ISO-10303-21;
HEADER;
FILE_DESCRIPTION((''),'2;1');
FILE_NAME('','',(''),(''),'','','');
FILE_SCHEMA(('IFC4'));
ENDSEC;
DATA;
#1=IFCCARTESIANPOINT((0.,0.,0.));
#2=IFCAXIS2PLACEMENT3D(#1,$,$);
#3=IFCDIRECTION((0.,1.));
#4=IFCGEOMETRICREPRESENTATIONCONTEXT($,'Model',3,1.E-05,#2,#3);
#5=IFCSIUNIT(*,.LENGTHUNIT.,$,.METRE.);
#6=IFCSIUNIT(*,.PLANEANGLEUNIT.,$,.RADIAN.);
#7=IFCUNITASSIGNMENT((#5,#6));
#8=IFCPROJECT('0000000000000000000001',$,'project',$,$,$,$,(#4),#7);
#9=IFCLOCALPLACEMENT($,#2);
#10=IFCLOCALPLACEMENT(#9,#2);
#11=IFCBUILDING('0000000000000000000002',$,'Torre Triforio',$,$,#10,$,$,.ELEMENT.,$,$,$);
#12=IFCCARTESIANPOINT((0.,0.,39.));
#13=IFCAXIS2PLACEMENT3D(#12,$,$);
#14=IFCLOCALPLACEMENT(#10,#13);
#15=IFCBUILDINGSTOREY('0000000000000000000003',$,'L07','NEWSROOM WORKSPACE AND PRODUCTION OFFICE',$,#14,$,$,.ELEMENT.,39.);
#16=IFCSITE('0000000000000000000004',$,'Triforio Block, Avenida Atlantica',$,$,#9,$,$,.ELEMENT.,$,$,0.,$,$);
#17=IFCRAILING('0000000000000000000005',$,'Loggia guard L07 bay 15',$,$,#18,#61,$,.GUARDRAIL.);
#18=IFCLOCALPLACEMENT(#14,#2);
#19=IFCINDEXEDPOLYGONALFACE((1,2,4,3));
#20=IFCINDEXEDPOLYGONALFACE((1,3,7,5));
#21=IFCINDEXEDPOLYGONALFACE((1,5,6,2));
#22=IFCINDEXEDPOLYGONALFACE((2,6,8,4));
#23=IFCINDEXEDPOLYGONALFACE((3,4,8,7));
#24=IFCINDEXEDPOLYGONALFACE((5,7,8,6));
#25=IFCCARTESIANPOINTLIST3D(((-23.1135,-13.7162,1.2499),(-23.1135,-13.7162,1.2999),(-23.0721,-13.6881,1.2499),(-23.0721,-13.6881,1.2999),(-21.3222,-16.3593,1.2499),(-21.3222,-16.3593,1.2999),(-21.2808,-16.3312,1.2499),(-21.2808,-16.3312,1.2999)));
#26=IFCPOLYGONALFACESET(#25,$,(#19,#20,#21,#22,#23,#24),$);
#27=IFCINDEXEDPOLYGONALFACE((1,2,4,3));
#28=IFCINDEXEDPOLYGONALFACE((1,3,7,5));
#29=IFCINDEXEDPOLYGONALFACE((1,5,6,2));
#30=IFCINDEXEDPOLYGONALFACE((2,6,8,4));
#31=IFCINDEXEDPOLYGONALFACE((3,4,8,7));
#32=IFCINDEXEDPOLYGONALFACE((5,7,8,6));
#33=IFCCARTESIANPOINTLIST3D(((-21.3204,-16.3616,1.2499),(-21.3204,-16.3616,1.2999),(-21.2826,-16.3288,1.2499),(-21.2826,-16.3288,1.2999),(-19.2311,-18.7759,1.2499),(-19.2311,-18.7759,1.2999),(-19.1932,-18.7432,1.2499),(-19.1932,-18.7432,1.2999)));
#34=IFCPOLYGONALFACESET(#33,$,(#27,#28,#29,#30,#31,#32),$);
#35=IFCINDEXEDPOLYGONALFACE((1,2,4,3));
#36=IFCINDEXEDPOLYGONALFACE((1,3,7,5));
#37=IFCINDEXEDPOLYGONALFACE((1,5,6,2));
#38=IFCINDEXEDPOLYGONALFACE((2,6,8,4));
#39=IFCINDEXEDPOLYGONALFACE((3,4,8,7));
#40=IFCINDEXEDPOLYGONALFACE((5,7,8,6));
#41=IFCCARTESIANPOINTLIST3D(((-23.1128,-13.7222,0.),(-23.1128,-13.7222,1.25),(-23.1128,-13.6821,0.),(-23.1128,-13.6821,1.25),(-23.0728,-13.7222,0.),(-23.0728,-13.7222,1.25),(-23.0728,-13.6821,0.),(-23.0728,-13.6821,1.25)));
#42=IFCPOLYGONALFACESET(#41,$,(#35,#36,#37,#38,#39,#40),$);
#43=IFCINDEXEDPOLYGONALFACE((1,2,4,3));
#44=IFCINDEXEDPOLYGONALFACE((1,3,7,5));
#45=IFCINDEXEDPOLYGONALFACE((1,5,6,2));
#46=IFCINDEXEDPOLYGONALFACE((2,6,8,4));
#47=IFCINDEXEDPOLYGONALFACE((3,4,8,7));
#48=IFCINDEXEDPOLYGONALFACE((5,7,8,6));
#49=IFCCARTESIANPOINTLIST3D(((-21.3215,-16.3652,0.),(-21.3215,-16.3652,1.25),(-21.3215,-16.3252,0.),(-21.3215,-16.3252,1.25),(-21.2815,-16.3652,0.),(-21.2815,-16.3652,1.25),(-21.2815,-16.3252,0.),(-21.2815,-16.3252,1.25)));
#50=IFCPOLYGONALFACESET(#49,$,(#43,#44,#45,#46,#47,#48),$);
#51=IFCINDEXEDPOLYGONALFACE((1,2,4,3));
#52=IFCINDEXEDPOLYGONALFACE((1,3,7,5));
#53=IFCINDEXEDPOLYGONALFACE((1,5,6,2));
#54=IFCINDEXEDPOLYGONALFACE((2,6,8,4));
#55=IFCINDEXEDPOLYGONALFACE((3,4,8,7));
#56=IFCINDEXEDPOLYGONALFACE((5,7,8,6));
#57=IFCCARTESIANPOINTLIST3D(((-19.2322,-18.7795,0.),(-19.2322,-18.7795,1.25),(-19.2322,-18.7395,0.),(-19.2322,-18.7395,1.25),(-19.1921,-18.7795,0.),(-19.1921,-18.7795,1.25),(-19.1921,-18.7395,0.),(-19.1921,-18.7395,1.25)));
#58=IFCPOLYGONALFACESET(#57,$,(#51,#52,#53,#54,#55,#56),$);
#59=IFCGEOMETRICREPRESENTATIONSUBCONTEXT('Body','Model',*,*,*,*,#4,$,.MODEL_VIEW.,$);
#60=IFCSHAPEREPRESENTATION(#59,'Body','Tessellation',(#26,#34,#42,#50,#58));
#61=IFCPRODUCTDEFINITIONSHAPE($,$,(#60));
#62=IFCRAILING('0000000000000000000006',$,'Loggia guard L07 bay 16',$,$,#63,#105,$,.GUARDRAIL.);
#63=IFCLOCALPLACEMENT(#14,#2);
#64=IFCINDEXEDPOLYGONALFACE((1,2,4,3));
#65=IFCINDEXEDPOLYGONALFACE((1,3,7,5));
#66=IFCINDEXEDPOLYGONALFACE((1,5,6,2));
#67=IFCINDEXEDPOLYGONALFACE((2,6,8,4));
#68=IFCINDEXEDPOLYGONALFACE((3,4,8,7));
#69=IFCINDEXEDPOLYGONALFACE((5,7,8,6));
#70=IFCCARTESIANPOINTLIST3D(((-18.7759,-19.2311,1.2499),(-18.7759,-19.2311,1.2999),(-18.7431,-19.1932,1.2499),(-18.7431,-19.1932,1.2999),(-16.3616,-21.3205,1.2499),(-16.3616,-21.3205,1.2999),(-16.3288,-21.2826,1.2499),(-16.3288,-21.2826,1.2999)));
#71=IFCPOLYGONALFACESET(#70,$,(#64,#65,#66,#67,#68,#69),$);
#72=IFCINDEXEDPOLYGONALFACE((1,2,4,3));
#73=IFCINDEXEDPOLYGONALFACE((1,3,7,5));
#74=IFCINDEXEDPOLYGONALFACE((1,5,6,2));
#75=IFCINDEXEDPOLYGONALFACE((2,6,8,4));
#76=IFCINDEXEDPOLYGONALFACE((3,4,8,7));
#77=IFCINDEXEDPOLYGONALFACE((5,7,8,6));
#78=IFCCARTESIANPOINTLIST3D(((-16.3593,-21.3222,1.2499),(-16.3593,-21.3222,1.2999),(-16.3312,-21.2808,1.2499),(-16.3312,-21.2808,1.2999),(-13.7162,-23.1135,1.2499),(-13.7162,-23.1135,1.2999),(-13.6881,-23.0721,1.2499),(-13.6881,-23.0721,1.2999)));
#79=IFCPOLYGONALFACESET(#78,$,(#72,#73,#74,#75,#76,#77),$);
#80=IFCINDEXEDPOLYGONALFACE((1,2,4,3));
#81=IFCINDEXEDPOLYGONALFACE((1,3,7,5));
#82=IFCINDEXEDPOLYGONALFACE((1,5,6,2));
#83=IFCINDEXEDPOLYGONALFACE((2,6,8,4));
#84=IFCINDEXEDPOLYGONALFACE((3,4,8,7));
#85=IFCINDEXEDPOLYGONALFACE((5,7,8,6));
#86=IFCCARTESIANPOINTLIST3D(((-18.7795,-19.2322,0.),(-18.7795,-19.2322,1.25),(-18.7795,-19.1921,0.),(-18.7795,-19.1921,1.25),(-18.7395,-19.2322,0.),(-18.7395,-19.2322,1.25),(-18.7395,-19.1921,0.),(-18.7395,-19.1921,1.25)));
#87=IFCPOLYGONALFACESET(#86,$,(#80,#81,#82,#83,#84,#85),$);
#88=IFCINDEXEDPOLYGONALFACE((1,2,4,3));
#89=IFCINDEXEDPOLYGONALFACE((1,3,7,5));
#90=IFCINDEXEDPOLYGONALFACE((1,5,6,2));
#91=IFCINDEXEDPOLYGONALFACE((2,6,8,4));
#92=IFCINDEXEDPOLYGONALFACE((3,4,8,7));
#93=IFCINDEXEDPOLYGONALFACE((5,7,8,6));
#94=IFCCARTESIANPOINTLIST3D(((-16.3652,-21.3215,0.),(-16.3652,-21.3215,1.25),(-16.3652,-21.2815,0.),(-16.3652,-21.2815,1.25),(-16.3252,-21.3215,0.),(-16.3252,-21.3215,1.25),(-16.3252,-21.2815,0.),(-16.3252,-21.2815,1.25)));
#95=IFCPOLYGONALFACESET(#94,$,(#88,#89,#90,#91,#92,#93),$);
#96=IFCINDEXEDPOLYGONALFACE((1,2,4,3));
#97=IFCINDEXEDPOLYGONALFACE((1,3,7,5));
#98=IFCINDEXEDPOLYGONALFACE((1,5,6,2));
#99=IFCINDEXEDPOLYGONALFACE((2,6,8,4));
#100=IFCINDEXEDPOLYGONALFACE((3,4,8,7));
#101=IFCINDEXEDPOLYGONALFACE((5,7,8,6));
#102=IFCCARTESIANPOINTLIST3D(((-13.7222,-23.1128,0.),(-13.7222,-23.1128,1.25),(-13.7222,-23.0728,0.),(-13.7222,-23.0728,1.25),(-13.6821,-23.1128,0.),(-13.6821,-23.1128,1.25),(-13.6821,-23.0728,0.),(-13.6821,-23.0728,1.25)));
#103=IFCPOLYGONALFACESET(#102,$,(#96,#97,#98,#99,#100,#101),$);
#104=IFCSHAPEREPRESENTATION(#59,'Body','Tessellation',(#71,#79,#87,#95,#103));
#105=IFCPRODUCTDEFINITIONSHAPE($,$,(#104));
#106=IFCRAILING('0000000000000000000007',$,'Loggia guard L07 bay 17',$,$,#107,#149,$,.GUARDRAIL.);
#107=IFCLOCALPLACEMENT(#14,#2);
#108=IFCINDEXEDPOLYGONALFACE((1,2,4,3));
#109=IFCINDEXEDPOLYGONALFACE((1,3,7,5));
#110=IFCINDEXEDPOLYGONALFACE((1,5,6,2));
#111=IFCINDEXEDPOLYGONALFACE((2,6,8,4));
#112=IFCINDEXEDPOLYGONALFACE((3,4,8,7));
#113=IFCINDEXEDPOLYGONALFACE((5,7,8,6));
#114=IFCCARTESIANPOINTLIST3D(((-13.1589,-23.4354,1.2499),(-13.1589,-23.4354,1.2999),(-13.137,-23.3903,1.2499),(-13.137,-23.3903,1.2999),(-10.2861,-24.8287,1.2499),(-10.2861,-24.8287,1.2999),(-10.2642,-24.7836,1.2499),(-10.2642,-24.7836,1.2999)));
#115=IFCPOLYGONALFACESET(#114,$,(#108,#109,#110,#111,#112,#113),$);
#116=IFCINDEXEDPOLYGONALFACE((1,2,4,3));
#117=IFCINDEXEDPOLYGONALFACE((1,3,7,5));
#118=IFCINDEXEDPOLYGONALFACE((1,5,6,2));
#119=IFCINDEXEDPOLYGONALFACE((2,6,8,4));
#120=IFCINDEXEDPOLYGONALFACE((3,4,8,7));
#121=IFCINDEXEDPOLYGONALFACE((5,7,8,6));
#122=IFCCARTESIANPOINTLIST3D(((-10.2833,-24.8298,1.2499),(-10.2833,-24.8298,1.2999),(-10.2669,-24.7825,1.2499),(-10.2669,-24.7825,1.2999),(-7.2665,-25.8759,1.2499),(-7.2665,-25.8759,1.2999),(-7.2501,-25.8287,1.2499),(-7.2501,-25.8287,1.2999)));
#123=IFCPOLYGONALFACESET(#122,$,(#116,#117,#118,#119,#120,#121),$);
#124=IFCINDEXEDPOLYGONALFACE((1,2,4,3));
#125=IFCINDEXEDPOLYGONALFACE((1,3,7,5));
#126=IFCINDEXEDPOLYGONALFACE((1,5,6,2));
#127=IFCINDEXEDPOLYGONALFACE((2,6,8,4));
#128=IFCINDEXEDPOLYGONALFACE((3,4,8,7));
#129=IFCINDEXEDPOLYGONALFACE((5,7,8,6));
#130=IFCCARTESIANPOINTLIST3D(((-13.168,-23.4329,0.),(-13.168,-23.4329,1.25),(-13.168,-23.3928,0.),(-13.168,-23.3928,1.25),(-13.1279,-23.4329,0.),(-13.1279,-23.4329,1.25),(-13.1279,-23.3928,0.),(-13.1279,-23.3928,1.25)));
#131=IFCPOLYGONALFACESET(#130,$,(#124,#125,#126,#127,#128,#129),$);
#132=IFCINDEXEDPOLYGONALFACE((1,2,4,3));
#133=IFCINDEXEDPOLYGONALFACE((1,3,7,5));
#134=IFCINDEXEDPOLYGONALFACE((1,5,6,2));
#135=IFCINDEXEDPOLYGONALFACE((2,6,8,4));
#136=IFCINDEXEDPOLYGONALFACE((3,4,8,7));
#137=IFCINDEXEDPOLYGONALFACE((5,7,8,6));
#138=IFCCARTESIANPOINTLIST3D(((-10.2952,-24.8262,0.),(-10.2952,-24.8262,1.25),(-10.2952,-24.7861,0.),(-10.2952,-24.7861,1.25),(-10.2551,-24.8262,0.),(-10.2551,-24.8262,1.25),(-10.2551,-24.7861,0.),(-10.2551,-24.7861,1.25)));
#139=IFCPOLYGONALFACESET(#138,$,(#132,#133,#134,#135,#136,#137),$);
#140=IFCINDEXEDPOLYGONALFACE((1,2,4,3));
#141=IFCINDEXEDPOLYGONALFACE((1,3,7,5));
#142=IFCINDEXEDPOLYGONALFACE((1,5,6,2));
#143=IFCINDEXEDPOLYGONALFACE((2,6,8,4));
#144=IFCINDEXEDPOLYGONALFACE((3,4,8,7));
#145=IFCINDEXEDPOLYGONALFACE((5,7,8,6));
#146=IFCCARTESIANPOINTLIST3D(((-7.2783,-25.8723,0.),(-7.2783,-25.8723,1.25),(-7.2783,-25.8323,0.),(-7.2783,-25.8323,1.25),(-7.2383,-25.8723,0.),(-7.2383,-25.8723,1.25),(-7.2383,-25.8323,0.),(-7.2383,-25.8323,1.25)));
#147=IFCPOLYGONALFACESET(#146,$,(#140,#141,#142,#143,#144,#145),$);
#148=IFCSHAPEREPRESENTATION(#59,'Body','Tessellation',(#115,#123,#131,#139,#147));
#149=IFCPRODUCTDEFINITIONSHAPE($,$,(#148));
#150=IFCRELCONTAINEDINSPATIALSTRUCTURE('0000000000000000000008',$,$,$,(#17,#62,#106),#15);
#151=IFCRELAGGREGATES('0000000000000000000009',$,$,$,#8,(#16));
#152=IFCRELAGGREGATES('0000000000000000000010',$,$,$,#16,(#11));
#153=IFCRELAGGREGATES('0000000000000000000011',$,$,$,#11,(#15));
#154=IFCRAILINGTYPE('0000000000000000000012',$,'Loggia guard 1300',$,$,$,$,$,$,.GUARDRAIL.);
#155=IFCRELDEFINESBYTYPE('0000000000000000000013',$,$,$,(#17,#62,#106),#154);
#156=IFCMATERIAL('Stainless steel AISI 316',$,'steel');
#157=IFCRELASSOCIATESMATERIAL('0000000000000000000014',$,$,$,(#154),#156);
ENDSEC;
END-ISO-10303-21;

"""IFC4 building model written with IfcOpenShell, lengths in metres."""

from ifc_helpers import new_model, si_unit, direction, frame, origin, origin_2d, place, context, subcontext, project, spatial, rectangle, extrude, material, type_object, element, save


model = new_model("IFC4")

# Units and contexts
model_context = context("Model", 3, precision=1e-05, world=origin(), true_north=direction((0.0, 1.0)))
body_context = subcontext(model_context, "Body", "Model", "MODEL_VIEW")
ifc_project = project(units=[si_unit("LENGTHUNIT", "METRE"), si_unit("PLANEANGLEUNIT", "RADIAN")], contexts=[model_context])

# Site, building, storey
site_placement = place(None, origin())
site = spatial("IfcSite", under=ifc_project, at=site_placement, Name="Triforio Block, Avenida Atlantica", CompositionType="ELEMENT", RefElevation=0.0)
building_placement = place(site_placement, origin())
building = spatial("IfcBuilding", under=site, at=building_placement, Name="Torre Triforio", CompositionType="ELEMENT")
storey_placement = place(building_placement, frame((0.0, 0.0, 39.0)))
storey = spatial("IfcBuildingStorey", under=building, at=storey_placement, Name="L07", Description="NEWSROOM WORKSPACE AND PRODUCTION OFFICE", CompositionType="ELEMENT", Elevation=39.0)

# Railings
ifc_material_1 = material(Name="Stainless steel AISI 316", Category="steel")
railing_type = type_object("IfcRailingType", Name="Loggia guard 1300", PredefinedType="GUARDRAIL", material=ifc_material_1)
railing_1_placement = place(storey_placement, frame((-23.0928, -13.7021, 0.0)))
element("IfcRailing", 1, at=railing_1_placement, inside=storey, type_object=railing_type, Name="Loggia guard L07 bay 15", PredefinedType="GUARDRAIL", context=body_context, shape_type="SweptSolid", body=[
    extrude(rectangle(XDim=0.05, YDim=0.05, at=origin_2d()), frame((0.0, 0.0, 1.2749), z_axis=(0.561019, -0.827803, 0.0), x_axis=(0.827803, 0.561019, 0.0)), (0.0, 0.0, 1.0), 3.1929),
    extrude(rectangle(XDim=0.05, YDim=0.05, at=origin_2d()), frame((1.7913, -2.6431, 1.2749), z_axis=(0.654386, -0.756161, 0.0), x_axis=(0.756161, 0.654386, 0.0)), (0.0, 0.0, 1.0), 3.1929),
    extrude(rectangle(XDim=0.04, YDim=0.04, at=origin_2d()), origin(), (0.0, 0.0, 1.0), 1.25),
    extrude(rectangle(XDim=0.04, YDim=0.04, at=origin_2d()), frame((1.7913, -2.6431, 0.0)), (0.0, 0.0, 1.0), 1.25),
    extrude(rectangle(XDim=0.04, YDim=0.04, at=origin_2d()), frame((3.8806, -5.0574, 0.0)), (0.0, 0.0, 1.0), 1.25),
])
railing_2_placement = place(storey_placement, frame((-18.7595, -19.2122, 0.0)))
element("IfcRailing", 2, at=railing_2_placement, inside=storey, type_object=railing_type, Name="Loggia guard L07 bay 16", PredefinedType="GUARDRAIL", context=body_context, shape_type="SweptSolid", body=[
    extrude(rectangle(XDim=0.05, YDim=0.05, at=origin_2d()), frame((0.0, 0.0, 1.2749), z_axis=(0.756161, -0.654386, 0.0), x_axis=(0.654386, 0.756161, 0.0)), (0.0, 0.0, 1.0), 3.1929),
    extrude(rectangle(XDim=0.05, YDim=0.05, at=origin_2d()), frame((2.4143, -2.0894, 1.2749), z_axis=(0.827803, -0.561019, 0.0), x_axis=(0.561019, 0.827803, 0.0)), (0.0, 0.0, 1.0), 3.1929),
    extrude(rectangle(XDim=0.04, YDim=0.04, at=origin_2d()), origin(), (0.0, 0.0, 1.0), 1.25),
    extrude(rectangle(XDim=0.04, YDim=0.04, at=origin_2d()), frame((2.4143, -2.0894, 0.0)), (0.0, 0.0, 1.0), 1.25),
    extrude(rectangle(XDim=0.04, YDim=0.04, at=origin_2d()), frame((5.0574, -3.8806, 0.0)), (0.0, 0.0, 1.0), 1.25),
])
railing_3_placement = place(storey_placement, frame((-13.1479, -23.4128, 0.0)))
element("IfcRailing", 3, at=railing_3_placement, inside=storey, type_object=railing_type, Name="Loggia guard L07 bay 17", PredefinedType="GUARDRAIL", context=body_context, shape_type="SweptSolid", body=[
    extrude(rectangle(XDim=0.05, YDim=0.05, at=origin_2d()), frame((0.0, 0.0, 1.2749), z_axis=(0.89976, -0.436384, 0.0), x_axis=(0.436384, 0.89976, 0.0)), (0.0, 0.0, 1.0), 3.1929),
    extrude(rectangle(XDim=0.05, YDim=0.05, at=origin_2d()), frame((2.8728, -1.3933, 1.2749), z_axis=(0.944807, -0.327628, 0.0), x_axis=(0.327628, 0.944807, 0.0)), (0.0, 0.0, 1.0), 3.1931),
    extrude(rectangle(XDim=0.04, YDim=0.04, at=origin_2d()), origin(), (0.0, 0.0, 1.0), 1.25),
    extrude(rectangle(XDim=0.04, YDim=0.04, at=origin_2d()), frame((2.8728, -1.3933, 0.0)), (0.0, 0.0, 1.0), 1.25),
    extrude(rectangle(XDim=0.04, YDim=0.04, at=origin_2d()), frame((5.8896, -2.4395, 0.0)), (0.0, 0.0, 1.0), 1.25),
])

save(model, "model.ifc")
